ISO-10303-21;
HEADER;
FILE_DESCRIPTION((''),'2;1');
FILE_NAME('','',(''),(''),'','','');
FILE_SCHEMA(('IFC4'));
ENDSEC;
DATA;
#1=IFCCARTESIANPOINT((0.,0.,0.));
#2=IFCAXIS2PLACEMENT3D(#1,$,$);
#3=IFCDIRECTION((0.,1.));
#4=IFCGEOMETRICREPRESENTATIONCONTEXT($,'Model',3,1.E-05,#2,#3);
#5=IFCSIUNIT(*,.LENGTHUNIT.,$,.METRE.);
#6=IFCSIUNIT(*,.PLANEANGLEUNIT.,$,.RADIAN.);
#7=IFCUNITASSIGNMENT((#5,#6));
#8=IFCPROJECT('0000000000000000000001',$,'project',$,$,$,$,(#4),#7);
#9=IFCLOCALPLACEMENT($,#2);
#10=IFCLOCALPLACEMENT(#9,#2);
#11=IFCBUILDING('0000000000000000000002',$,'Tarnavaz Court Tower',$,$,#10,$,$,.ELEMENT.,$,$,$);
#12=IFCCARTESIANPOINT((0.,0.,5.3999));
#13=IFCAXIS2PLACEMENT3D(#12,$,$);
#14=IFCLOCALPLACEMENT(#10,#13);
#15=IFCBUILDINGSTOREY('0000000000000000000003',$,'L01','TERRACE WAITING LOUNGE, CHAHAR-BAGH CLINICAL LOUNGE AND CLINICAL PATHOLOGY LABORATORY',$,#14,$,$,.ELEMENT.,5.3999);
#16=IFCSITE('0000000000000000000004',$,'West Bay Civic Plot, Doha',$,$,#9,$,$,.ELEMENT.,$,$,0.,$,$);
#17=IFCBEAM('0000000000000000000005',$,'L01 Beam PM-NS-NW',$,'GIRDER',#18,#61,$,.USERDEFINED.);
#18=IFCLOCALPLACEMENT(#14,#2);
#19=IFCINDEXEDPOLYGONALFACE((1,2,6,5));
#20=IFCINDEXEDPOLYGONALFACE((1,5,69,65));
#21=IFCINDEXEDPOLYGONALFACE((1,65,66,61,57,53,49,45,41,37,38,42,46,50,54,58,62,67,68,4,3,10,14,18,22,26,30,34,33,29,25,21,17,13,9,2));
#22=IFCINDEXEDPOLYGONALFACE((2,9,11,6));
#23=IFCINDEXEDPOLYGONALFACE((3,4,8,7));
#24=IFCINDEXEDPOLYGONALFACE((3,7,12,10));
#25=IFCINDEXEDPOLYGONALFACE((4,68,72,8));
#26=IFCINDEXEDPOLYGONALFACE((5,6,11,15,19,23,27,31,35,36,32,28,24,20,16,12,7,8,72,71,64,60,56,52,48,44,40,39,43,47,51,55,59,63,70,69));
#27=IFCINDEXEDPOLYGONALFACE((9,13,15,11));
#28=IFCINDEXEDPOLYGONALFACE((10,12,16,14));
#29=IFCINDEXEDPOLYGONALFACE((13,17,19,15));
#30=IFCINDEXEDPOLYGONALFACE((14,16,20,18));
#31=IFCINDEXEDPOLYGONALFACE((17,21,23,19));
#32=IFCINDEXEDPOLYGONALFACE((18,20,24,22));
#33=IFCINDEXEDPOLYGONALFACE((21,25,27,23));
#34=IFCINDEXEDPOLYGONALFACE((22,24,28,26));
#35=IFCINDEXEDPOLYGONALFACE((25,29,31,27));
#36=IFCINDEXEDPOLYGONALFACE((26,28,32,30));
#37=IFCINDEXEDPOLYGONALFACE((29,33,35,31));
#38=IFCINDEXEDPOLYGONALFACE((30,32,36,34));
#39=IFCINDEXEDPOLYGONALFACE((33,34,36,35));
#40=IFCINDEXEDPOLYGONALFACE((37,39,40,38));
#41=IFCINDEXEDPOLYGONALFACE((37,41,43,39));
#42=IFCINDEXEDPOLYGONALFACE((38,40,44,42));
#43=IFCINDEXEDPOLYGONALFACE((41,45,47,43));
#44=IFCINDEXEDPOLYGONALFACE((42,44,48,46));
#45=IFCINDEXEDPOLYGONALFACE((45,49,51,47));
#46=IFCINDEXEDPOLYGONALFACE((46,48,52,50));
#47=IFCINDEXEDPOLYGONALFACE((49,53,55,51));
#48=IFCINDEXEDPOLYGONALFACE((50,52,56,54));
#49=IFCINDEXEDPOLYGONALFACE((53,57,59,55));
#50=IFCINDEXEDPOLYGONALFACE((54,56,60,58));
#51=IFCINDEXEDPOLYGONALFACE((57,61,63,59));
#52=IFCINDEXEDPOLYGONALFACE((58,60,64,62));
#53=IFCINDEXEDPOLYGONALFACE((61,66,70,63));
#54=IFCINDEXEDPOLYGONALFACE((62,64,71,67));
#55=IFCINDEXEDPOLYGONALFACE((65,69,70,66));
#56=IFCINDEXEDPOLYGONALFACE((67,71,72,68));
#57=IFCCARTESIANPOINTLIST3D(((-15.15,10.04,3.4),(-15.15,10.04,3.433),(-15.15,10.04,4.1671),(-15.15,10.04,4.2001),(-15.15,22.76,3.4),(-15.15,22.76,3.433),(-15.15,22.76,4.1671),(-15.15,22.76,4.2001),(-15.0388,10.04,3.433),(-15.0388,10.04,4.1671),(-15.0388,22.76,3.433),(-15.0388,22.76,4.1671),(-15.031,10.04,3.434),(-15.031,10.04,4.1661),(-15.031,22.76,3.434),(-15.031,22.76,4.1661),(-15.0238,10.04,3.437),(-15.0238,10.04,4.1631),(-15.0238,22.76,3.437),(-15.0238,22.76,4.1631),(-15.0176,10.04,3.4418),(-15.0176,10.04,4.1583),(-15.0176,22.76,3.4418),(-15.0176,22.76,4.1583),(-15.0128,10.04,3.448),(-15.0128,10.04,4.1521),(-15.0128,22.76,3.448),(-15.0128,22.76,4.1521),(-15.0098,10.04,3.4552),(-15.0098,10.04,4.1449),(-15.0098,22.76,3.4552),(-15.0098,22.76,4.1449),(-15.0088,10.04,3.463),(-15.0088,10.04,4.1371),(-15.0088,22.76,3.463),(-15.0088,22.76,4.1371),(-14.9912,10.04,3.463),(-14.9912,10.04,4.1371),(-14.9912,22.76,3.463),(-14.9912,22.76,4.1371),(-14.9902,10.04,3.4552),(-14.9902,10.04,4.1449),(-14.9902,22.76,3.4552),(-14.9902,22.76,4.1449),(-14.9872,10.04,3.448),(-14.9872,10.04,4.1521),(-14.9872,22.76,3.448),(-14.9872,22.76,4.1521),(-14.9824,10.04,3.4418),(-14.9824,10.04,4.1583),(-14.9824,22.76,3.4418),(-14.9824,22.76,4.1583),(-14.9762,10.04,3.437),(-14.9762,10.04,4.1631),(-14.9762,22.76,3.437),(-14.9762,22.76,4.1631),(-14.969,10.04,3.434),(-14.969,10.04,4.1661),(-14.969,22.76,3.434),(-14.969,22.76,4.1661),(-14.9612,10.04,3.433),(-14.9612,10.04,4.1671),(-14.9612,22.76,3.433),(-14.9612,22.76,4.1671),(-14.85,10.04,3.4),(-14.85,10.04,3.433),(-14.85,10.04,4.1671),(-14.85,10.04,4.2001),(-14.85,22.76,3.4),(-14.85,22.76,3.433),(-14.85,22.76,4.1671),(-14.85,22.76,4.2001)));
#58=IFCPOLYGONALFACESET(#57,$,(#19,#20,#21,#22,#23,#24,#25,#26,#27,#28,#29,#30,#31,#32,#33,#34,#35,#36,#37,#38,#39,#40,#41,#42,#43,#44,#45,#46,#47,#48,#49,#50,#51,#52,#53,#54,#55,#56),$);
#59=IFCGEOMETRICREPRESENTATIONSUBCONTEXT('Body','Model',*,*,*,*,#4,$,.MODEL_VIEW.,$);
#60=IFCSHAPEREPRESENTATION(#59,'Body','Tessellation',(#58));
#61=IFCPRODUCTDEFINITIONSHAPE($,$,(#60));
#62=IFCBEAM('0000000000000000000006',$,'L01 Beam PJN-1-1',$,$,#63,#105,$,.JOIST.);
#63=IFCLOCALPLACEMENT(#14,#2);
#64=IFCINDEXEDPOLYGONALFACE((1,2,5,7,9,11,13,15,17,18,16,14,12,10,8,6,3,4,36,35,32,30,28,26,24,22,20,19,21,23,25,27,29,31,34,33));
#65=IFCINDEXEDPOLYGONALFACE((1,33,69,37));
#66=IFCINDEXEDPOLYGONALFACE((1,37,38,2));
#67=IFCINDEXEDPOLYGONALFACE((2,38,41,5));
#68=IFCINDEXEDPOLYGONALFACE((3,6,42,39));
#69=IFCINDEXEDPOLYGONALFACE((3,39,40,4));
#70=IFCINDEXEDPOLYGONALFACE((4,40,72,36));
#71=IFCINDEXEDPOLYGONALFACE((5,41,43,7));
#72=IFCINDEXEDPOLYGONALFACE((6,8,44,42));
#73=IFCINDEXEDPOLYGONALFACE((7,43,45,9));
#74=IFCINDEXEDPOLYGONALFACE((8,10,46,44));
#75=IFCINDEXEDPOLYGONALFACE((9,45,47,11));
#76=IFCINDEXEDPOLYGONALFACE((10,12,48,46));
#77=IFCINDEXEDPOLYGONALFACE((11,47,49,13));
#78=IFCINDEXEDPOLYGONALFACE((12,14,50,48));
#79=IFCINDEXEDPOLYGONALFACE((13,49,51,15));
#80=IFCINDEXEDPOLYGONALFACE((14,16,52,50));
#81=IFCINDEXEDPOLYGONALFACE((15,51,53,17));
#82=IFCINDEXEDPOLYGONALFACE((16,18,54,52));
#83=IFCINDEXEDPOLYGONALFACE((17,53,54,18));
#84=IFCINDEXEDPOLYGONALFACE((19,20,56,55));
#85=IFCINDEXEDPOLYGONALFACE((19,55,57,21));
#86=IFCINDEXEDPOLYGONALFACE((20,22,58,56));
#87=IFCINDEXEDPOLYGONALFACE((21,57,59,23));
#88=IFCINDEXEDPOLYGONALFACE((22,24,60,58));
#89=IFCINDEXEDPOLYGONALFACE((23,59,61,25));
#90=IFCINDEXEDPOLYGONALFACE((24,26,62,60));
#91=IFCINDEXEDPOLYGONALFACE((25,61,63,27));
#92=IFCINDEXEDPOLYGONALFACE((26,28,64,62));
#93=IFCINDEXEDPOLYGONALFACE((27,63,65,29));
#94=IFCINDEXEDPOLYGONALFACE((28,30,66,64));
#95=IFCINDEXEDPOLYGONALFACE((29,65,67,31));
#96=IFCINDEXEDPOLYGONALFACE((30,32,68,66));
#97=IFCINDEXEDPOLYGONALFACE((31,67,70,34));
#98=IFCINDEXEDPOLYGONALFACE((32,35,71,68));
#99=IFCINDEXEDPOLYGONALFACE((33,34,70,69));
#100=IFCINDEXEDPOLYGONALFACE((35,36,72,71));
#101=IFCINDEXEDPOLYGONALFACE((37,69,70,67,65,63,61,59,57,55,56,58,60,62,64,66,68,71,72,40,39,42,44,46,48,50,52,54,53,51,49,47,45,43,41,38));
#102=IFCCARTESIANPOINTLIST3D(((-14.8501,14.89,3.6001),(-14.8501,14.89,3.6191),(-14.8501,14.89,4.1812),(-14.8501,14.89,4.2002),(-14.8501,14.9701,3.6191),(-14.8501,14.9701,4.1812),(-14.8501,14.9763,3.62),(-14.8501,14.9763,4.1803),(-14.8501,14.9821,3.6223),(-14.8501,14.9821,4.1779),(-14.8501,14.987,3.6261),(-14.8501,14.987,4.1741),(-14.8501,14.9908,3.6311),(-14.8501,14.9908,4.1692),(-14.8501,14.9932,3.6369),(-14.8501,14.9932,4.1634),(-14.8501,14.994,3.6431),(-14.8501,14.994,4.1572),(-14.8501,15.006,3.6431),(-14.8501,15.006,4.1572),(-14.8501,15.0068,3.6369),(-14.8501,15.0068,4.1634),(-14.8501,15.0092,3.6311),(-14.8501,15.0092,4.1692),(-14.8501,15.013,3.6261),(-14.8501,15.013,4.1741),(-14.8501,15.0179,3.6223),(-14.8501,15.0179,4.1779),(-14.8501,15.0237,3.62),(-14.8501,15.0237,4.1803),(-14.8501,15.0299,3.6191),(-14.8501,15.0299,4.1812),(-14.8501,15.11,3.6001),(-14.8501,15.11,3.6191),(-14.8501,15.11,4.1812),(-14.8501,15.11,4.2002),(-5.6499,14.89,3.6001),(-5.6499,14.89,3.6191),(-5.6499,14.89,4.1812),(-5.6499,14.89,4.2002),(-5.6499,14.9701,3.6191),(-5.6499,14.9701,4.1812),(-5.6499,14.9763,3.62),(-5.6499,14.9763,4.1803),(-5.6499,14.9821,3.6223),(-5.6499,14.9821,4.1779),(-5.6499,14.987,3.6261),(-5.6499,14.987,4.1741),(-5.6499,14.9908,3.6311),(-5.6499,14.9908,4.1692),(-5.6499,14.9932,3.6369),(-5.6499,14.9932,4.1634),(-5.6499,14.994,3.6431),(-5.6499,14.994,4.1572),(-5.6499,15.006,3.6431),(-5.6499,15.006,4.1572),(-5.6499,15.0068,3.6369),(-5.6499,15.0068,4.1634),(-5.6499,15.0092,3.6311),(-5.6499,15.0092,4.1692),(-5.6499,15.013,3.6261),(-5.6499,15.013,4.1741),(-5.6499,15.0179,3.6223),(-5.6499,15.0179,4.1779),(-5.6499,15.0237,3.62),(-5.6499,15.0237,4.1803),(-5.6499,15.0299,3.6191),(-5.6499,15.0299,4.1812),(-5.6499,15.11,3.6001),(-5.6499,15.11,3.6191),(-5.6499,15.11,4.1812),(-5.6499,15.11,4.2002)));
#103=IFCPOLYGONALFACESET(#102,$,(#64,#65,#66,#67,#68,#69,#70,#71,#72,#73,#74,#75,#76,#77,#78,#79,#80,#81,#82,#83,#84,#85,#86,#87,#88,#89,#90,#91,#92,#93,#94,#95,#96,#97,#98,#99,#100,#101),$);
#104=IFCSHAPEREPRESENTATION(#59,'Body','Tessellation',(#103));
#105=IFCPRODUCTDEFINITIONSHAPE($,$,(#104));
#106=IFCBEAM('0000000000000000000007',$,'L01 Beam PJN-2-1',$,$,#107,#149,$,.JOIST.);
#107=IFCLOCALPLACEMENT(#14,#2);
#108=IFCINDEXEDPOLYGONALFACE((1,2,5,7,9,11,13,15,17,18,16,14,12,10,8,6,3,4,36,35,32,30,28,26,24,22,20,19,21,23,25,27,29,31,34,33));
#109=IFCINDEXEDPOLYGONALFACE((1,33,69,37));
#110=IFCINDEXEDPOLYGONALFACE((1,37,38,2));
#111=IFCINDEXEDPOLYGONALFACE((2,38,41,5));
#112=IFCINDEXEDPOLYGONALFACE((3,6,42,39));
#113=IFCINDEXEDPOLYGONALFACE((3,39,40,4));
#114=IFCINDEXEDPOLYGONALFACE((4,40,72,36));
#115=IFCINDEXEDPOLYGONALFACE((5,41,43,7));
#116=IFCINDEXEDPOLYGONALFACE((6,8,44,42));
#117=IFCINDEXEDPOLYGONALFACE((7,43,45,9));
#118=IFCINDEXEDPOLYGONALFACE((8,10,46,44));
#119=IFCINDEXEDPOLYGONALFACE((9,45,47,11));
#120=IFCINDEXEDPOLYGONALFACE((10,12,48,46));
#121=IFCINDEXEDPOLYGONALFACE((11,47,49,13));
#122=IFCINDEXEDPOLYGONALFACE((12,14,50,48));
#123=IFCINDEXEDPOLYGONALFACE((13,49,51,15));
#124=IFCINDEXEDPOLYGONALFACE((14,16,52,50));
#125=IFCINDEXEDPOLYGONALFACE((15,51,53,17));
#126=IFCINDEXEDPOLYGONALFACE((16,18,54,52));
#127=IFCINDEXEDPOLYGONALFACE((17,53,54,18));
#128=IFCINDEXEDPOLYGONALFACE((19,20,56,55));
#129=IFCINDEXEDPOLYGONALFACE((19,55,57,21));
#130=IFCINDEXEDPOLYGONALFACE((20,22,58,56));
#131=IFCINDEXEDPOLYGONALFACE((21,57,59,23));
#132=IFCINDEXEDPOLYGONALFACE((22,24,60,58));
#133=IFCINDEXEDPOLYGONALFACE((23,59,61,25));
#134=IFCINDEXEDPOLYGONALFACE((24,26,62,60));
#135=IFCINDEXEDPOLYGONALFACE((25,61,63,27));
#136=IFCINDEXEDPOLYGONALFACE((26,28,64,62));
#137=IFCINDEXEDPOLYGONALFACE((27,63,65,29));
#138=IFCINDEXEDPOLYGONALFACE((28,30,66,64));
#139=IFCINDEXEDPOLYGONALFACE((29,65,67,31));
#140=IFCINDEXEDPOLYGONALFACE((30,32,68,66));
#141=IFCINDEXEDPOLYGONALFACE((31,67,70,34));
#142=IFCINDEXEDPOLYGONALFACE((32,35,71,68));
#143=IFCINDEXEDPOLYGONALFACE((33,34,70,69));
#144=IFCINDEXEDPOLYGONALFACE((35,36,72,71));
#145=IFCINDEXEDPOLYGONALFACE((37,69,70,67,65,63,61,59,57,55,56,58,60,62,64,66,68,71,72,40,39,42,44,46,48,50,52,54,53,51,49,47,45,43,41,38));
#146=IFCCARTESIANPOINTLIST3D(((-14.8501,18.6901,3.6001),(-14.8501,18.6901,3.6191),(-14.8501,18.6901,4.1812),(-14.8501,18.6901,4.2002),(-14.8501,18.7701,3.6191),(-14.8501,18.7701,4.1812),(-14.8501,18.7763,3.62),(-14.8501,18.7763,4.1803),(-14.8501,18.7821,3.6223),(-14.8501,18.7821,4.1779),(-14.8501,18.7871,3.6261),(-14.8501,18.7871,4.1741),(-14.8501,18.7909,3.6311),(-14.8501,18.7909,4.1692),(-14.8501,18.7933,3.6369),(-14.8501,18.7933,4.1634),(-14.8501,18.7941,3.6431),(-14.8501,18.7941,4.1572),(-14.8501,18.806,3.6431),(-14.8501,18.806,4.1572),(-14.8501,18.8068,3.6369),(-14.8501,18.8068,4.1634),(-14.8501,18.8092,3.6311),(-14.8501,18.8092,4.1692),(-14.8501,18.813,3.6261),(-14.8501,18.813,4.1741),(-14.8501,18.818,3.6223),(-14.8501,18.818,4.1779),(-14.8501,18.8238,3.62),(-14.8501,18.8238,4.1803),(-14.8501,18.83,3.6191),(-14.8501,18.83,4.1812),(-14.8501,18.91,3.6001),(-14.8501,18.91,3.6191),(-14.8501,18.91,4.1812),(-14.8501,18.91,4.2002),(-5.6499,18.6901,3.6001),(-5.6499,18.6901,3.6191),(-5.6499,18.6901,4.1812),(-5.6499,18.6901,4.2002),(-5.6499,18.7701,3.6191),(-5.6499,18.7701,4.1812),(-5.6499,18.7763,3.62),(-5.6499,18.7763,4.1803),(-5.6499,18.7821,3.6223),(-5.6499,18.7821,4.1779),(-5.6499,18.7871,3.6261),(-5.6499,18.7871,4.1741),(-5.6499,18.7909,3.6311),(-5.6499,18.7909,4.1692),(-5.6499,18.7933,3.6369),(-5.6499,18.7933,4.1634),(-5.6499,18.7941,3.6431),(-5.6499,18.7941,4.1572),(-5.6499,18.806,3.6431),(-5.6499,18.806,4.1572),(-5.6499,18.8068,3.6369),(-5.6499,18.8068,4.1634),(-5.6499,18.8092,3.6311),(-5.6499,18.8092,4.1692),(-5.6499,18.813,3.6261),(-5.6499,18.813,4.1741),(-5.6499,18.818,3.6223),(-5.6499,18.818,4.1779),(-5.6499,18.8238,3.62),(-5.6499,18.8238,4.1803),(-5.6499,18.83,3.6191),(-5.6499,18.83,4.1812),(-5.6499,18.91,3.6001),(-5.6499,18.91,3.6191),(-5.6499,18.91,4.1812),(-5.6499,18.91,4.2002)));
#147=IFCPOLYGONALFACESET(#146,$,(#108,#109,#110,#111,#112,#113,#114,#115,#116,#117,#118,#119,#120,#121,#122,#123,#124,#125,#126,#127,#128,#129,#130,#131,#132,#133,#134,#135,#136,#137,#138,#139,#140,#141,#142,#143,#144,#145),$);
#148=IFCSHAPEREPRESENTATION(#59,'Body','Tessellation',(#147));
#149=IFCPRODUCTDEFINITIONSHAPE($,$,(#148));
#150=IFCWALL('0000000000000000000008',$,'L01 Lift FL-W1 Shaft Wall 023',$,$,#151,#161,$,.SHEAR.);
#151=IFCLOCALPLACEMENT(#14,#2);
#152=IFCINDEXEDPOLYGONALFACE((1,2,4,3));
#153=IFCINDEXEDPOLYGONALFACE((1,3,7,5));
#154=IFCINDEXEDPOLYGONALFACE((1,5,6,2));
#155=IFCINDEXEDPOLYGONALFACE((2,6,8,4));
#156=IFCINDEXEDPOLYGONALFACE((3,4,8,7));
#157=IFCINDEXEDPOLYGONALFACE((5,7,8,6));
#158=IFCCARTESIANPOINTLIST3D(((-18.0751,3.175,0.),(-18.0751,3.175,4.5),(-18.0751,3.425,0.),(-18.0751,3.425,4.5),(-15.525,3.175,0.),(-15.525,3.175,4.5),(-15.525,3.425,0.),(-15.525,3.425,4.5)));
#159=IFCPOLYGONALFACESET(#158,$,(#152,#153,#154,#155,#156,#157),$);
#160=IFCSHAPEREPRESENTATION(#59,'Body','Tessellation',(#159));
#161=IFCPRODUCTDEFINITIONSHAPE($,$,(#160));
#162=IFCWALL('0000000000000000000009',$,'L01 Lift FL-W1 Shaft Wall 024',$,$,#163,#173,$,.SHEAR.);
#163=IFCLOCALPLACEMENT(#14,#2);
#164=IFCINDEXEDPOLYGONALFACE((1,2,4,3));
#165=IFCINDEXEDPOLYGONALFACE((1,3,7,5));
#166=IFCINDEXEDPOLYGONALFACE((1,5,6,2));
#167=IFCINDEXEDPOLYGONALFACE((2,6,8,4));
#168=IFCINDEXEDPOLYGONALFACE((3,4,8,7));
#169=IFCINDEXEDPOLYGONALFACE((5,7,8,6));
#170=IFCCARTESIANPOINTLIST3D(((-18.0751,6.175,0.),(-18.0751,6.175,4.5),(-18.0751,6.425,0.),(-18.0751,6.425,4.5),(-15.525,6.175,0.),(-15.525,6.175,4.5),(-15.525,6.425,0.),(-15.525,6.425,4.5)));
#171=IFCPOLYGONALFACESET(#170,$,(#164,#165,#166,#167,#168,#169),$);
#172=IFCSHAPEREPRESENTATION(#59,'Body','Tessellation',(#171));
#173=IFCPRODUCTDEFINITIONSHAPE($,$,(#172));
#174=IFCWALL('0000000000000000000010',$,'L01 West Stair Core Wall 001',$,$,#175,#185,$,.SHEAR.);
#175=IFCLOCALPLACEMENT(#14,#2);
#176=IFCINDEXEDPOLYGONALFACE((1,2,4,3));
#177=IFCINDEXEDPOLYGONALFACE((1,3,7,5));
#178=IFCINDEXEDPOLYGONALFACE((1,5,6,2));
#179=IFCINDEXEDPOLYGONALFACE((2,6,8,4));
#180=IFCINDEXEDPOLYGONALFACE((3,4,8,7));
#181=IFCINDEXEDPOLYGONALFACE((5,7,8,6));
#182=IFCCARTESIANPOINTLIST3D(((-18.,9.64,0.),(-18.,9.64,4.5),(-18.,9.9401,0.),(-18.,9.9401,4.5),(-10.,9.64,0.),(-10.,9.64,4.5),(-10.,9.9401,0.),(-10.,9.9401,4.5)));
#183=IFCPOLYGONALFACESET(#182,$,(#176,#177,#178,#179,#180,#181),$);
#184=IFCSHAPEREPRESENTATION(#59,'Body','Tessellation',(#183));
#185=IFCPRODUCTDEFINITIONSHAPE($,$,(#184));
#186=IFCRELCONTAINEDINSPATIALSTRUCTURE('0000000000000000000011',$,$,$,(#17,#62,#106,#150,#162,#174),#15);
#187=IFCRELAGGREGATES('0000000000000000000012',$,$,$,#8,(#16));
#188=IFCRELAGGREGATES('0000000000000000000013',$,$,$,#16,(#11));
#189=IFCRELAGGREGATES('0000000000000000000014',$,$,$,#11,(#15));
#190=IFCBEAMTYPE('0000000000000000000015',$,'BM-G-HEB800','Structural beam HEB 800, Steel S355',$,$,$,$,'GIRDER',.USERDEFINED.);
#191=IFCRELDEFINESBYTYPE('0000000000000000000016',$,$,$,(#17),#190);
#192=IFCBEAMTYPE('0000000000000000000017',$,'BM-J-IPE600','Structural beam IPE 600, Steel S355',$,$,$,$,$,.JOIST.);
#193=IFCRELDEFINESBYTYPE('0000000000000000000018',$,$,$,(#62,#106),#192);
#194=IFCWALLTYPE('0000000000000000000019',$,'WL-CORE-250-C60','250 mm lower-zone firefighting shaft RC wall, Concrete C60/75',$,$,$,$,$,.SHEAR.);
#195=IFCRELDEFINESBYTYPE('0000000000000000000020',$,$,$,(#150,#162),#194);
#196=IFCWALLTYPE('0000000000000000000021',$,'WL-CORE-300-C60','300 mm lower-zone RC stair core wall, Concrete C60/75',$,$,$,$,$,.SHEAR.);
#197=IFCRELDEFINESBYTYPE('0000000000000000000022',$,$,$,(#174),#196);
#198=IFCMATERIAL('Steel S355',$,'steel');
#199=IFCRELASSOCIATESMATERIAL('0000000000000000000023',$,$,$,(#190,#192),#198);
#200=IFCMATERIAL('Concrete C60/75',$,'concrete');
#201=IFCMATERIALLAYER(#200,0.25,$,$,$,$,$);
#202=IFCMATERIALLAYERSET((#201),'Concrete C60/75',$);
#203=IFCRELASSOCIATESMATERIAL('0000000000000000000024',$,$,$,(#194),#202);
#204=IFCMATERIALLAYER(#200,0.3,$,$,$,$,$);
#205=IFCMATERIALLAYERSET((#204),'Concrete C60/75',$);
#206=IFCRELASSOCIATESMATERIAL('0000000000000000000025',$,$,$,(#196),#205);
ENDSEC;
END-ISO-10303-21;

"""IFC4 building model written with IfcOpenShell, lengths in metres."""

from ifc_helpers import new_model, si_unit, direction, frame, frame_2d, origin, origin_2d, place, context, subcontext, project, spatial, rectangle, i_section, extrude, material, layer, layer_set, material_profile, profile_set, type_object, element, save


model = new_model("IFC4")

# Units and contexts
model_context = context("Model", 3, precision=1e-05, world=origin(), true_north=direction((0.0, 1.0)))
body_context = subcontext(model_context, "Body", "Model", "MODEL_VIEW")
ifc_project = project(units=[si_unit("LENGTHUNIT", "METRE"), si_unit("PLANEANGLEUNIT", "RADIAN")], contexts=[model_context])

# Site, building, storey
site_placement = place(None, origin())
site = spatial("IfcSite", under=ifc_project, at=site_placement, Name="West Bay Civic Plot, Doha", CompositionType="ELEMENT", RefElevation=0.0)
building_placement = place(site_placement, origin())
building = spatial("IfcBuilding", under=site, at=building_placement, Name="Tarnavaz Court Tower", CompositionType="ELEMENT")
storey_placement = place(building_placement, frame((0.0, 0.0, 5.3999)))
storey = spatial("IfcBuildingStorey", under=building, at=storey_placement, Name="L01", Description="TERRACE WAITING LOUNGE, CHAHAR-BAGH CLINICAL LOUNGE AND CLINICAL PATHOLOGY LABORATORY", CompositionType="ELEMENT", Elevation=5.3999)

# Shared definitions
ifc_material_1 = material(Name="Concrete C60/75", Category="concrete")

# Beams
ifc_material_2 = material(Name="Steel S355", Category="steel")
ifc_material_profile_1 = material_profile(ifc_material_2, i_section(OverallWidth=0.3, OverallDepth=0.8, WebThickness=0.0176, FlangeThickness=0.033, FilletRadius=0.03, at=origin_2d()), Name="HEB 800")
ifc_profile_set_1 = profile_set([ifc_material_profile_1], Name="Steel S355")
beam_type_1 = type_object("IfcBeamType", Name="BM-G-HEB800", Description="Structural beam HEB 800, Steel S355", ElementType="GIRDER", PredefinedType="USERDEFINED", material=ifc_profile_set_1)
beam_1_placement = place(storey_placement, frame((-15.0, 10.04, 3.8), z_axis=(0.0, 1.0, 0.0), x_axis=(-1.0, 0.0, 0.0)))
element("IfcBeam", 1, at=beam_1_placement, inside=storey, type_object=beam_type_1, Name="L01 Beam PM-NS-NW", ObjectType="GIRDER", PredefinedType="USERDEFINED", context=body_context, shape_type="SweptSolid", body=[
    extrude(i_section(OverallWidth=0.3, OverallDepth=0.8, WebThickness=0.0176, FlangeThickness=0.033, FilletRadius=0.03, at=origin_2d()), origin(), (0.0, 0.0, 1.0), 12.72),
])
ifc_material_profile_2 = material_profile(ifc_material_2, i_section(OverallWidth=0.22, OverallDepth=0.6001, WebThickness=0.012, FlangeThickness=0.019, FilletRadius=0.0239, at=origin_2d()), Name="IPE 600")
ifc_profile_set_2 = profile_set([ifc_material_profile_2], Name="Steel S355")
beam_type_2 = type_object("IfcBeamType", Name="BM-J-IPE600", Description="Structural beam IPE 600, Steel S355", PredefinedType="JOIST", material=ifc_profile_set_2)
for number, where, z_axis, x_axis, name in (
    (2, (-14.8501, 15.0, 3.9001), (1.0, 0.0, 0.0), (0.0, 1.0, 0.0), "L01 Beam PJN-1-1"),
    (3, (-14.8501, 18.8, 3.9001), (1.0, 0.0, 0.0), (0.0, 1.0, 0.0), "L01 Beam PJN-2-1"),
):
    element("IfcBeam", number, at=place(storey_placement, frame(where, z_axis=z_axis, x_axis=x_axis)), inside=storey, type_object=beam_type_2, Name=name, PredefinedType="JOIST", context=body_context, shape_type="SweptSolid", body=[
        extrude(i_section(OverallWidth=0.22, OverallDepth=0.6001, WebThickness=0.012, FlangeThickness=0.019, FilletRadius=0.0239, at=origin_2d()), origin(), (0.0, 0.0, 1.0), 9.2002),
    ])

# Walls
ifc_layer_1 = layer(ifc_material_1, 0.25)
ifc_layer_set_1 = layer_set([ifc_layer_1], Name="Concrete C60/75")
wall_type_1 = type_object("IfcWallType", Name="WL-CORE-250-C60", Description="250 mm lower-zone firefighting shaft RC wall, Concrete C60/75", PredefinedType="SHEAR", material=ifc_layer_set_1)
for number, where, z_axis, x_axis, name in (
    (4, (-18.075, 3.3, 0.0), (0.0, 0.0, 1.0), (1.0, 0.0, 0.0), "L01 Lift FL-W1 Shaft Wall 023"),
    (5, (-18.075, 6.3, 0.0), (0.0, 0.0, 1.0), (1.0, 0.0, 0.0), "L01 Lift FL-W1 Shaft Wall 024"),
):
    element("IfcWall", number, at=place(storey_placement, frame(where, z_axis=z_axis, x_axis=x_axis)), inside=storey, type_object=wall_type_1, Name=name, PredefinedType="SHEAR", context=body_context, shape_type="SweptSolid", body=[
        extrude(rectangle(XDim=2.55, YDim=0.25, at=frame_2d((1.2749, 0.0))), origin(), (0.0, 0.0, 1.0), 4.5),
    ])
ifc_layer_2 = layer(ifc_material_1, 0.3)
ifc_layer_set_2 = layer_set([ifc_layer_2], Name="Concrete C60/75")
wall_type_2 = type_object("IfcWallType", Name="WL-CORE-300-C60", Description="300 mm lower-zone RC stair core wall, Concrete C60/75", PredefinedType="SHEAR", material=ifc_layer_set_2)
wall_1_placement = place(storey_placement, frame((-18.0, 9.79, 0.0), z_axis=(0.0, 0.0, 1.0), x_axis=(1.0, 0.0, 0.0)))
element("IfcWall", 6, at=wall_1_placement, inside=storey, type_object=wall_type_2, Name="L01 West Stair Core Wall 001", PredefinedType="SHEAR", context=body_context, shape_type="SweptSolid", body=[
    extrude(rectangle(XDim=8.0, YDim=0.3, at=frame_2d((4.0, 0.0))), origin(), (0.0, 0.0, 1.0), 4.5),
])

save(model, "model.ifc")
